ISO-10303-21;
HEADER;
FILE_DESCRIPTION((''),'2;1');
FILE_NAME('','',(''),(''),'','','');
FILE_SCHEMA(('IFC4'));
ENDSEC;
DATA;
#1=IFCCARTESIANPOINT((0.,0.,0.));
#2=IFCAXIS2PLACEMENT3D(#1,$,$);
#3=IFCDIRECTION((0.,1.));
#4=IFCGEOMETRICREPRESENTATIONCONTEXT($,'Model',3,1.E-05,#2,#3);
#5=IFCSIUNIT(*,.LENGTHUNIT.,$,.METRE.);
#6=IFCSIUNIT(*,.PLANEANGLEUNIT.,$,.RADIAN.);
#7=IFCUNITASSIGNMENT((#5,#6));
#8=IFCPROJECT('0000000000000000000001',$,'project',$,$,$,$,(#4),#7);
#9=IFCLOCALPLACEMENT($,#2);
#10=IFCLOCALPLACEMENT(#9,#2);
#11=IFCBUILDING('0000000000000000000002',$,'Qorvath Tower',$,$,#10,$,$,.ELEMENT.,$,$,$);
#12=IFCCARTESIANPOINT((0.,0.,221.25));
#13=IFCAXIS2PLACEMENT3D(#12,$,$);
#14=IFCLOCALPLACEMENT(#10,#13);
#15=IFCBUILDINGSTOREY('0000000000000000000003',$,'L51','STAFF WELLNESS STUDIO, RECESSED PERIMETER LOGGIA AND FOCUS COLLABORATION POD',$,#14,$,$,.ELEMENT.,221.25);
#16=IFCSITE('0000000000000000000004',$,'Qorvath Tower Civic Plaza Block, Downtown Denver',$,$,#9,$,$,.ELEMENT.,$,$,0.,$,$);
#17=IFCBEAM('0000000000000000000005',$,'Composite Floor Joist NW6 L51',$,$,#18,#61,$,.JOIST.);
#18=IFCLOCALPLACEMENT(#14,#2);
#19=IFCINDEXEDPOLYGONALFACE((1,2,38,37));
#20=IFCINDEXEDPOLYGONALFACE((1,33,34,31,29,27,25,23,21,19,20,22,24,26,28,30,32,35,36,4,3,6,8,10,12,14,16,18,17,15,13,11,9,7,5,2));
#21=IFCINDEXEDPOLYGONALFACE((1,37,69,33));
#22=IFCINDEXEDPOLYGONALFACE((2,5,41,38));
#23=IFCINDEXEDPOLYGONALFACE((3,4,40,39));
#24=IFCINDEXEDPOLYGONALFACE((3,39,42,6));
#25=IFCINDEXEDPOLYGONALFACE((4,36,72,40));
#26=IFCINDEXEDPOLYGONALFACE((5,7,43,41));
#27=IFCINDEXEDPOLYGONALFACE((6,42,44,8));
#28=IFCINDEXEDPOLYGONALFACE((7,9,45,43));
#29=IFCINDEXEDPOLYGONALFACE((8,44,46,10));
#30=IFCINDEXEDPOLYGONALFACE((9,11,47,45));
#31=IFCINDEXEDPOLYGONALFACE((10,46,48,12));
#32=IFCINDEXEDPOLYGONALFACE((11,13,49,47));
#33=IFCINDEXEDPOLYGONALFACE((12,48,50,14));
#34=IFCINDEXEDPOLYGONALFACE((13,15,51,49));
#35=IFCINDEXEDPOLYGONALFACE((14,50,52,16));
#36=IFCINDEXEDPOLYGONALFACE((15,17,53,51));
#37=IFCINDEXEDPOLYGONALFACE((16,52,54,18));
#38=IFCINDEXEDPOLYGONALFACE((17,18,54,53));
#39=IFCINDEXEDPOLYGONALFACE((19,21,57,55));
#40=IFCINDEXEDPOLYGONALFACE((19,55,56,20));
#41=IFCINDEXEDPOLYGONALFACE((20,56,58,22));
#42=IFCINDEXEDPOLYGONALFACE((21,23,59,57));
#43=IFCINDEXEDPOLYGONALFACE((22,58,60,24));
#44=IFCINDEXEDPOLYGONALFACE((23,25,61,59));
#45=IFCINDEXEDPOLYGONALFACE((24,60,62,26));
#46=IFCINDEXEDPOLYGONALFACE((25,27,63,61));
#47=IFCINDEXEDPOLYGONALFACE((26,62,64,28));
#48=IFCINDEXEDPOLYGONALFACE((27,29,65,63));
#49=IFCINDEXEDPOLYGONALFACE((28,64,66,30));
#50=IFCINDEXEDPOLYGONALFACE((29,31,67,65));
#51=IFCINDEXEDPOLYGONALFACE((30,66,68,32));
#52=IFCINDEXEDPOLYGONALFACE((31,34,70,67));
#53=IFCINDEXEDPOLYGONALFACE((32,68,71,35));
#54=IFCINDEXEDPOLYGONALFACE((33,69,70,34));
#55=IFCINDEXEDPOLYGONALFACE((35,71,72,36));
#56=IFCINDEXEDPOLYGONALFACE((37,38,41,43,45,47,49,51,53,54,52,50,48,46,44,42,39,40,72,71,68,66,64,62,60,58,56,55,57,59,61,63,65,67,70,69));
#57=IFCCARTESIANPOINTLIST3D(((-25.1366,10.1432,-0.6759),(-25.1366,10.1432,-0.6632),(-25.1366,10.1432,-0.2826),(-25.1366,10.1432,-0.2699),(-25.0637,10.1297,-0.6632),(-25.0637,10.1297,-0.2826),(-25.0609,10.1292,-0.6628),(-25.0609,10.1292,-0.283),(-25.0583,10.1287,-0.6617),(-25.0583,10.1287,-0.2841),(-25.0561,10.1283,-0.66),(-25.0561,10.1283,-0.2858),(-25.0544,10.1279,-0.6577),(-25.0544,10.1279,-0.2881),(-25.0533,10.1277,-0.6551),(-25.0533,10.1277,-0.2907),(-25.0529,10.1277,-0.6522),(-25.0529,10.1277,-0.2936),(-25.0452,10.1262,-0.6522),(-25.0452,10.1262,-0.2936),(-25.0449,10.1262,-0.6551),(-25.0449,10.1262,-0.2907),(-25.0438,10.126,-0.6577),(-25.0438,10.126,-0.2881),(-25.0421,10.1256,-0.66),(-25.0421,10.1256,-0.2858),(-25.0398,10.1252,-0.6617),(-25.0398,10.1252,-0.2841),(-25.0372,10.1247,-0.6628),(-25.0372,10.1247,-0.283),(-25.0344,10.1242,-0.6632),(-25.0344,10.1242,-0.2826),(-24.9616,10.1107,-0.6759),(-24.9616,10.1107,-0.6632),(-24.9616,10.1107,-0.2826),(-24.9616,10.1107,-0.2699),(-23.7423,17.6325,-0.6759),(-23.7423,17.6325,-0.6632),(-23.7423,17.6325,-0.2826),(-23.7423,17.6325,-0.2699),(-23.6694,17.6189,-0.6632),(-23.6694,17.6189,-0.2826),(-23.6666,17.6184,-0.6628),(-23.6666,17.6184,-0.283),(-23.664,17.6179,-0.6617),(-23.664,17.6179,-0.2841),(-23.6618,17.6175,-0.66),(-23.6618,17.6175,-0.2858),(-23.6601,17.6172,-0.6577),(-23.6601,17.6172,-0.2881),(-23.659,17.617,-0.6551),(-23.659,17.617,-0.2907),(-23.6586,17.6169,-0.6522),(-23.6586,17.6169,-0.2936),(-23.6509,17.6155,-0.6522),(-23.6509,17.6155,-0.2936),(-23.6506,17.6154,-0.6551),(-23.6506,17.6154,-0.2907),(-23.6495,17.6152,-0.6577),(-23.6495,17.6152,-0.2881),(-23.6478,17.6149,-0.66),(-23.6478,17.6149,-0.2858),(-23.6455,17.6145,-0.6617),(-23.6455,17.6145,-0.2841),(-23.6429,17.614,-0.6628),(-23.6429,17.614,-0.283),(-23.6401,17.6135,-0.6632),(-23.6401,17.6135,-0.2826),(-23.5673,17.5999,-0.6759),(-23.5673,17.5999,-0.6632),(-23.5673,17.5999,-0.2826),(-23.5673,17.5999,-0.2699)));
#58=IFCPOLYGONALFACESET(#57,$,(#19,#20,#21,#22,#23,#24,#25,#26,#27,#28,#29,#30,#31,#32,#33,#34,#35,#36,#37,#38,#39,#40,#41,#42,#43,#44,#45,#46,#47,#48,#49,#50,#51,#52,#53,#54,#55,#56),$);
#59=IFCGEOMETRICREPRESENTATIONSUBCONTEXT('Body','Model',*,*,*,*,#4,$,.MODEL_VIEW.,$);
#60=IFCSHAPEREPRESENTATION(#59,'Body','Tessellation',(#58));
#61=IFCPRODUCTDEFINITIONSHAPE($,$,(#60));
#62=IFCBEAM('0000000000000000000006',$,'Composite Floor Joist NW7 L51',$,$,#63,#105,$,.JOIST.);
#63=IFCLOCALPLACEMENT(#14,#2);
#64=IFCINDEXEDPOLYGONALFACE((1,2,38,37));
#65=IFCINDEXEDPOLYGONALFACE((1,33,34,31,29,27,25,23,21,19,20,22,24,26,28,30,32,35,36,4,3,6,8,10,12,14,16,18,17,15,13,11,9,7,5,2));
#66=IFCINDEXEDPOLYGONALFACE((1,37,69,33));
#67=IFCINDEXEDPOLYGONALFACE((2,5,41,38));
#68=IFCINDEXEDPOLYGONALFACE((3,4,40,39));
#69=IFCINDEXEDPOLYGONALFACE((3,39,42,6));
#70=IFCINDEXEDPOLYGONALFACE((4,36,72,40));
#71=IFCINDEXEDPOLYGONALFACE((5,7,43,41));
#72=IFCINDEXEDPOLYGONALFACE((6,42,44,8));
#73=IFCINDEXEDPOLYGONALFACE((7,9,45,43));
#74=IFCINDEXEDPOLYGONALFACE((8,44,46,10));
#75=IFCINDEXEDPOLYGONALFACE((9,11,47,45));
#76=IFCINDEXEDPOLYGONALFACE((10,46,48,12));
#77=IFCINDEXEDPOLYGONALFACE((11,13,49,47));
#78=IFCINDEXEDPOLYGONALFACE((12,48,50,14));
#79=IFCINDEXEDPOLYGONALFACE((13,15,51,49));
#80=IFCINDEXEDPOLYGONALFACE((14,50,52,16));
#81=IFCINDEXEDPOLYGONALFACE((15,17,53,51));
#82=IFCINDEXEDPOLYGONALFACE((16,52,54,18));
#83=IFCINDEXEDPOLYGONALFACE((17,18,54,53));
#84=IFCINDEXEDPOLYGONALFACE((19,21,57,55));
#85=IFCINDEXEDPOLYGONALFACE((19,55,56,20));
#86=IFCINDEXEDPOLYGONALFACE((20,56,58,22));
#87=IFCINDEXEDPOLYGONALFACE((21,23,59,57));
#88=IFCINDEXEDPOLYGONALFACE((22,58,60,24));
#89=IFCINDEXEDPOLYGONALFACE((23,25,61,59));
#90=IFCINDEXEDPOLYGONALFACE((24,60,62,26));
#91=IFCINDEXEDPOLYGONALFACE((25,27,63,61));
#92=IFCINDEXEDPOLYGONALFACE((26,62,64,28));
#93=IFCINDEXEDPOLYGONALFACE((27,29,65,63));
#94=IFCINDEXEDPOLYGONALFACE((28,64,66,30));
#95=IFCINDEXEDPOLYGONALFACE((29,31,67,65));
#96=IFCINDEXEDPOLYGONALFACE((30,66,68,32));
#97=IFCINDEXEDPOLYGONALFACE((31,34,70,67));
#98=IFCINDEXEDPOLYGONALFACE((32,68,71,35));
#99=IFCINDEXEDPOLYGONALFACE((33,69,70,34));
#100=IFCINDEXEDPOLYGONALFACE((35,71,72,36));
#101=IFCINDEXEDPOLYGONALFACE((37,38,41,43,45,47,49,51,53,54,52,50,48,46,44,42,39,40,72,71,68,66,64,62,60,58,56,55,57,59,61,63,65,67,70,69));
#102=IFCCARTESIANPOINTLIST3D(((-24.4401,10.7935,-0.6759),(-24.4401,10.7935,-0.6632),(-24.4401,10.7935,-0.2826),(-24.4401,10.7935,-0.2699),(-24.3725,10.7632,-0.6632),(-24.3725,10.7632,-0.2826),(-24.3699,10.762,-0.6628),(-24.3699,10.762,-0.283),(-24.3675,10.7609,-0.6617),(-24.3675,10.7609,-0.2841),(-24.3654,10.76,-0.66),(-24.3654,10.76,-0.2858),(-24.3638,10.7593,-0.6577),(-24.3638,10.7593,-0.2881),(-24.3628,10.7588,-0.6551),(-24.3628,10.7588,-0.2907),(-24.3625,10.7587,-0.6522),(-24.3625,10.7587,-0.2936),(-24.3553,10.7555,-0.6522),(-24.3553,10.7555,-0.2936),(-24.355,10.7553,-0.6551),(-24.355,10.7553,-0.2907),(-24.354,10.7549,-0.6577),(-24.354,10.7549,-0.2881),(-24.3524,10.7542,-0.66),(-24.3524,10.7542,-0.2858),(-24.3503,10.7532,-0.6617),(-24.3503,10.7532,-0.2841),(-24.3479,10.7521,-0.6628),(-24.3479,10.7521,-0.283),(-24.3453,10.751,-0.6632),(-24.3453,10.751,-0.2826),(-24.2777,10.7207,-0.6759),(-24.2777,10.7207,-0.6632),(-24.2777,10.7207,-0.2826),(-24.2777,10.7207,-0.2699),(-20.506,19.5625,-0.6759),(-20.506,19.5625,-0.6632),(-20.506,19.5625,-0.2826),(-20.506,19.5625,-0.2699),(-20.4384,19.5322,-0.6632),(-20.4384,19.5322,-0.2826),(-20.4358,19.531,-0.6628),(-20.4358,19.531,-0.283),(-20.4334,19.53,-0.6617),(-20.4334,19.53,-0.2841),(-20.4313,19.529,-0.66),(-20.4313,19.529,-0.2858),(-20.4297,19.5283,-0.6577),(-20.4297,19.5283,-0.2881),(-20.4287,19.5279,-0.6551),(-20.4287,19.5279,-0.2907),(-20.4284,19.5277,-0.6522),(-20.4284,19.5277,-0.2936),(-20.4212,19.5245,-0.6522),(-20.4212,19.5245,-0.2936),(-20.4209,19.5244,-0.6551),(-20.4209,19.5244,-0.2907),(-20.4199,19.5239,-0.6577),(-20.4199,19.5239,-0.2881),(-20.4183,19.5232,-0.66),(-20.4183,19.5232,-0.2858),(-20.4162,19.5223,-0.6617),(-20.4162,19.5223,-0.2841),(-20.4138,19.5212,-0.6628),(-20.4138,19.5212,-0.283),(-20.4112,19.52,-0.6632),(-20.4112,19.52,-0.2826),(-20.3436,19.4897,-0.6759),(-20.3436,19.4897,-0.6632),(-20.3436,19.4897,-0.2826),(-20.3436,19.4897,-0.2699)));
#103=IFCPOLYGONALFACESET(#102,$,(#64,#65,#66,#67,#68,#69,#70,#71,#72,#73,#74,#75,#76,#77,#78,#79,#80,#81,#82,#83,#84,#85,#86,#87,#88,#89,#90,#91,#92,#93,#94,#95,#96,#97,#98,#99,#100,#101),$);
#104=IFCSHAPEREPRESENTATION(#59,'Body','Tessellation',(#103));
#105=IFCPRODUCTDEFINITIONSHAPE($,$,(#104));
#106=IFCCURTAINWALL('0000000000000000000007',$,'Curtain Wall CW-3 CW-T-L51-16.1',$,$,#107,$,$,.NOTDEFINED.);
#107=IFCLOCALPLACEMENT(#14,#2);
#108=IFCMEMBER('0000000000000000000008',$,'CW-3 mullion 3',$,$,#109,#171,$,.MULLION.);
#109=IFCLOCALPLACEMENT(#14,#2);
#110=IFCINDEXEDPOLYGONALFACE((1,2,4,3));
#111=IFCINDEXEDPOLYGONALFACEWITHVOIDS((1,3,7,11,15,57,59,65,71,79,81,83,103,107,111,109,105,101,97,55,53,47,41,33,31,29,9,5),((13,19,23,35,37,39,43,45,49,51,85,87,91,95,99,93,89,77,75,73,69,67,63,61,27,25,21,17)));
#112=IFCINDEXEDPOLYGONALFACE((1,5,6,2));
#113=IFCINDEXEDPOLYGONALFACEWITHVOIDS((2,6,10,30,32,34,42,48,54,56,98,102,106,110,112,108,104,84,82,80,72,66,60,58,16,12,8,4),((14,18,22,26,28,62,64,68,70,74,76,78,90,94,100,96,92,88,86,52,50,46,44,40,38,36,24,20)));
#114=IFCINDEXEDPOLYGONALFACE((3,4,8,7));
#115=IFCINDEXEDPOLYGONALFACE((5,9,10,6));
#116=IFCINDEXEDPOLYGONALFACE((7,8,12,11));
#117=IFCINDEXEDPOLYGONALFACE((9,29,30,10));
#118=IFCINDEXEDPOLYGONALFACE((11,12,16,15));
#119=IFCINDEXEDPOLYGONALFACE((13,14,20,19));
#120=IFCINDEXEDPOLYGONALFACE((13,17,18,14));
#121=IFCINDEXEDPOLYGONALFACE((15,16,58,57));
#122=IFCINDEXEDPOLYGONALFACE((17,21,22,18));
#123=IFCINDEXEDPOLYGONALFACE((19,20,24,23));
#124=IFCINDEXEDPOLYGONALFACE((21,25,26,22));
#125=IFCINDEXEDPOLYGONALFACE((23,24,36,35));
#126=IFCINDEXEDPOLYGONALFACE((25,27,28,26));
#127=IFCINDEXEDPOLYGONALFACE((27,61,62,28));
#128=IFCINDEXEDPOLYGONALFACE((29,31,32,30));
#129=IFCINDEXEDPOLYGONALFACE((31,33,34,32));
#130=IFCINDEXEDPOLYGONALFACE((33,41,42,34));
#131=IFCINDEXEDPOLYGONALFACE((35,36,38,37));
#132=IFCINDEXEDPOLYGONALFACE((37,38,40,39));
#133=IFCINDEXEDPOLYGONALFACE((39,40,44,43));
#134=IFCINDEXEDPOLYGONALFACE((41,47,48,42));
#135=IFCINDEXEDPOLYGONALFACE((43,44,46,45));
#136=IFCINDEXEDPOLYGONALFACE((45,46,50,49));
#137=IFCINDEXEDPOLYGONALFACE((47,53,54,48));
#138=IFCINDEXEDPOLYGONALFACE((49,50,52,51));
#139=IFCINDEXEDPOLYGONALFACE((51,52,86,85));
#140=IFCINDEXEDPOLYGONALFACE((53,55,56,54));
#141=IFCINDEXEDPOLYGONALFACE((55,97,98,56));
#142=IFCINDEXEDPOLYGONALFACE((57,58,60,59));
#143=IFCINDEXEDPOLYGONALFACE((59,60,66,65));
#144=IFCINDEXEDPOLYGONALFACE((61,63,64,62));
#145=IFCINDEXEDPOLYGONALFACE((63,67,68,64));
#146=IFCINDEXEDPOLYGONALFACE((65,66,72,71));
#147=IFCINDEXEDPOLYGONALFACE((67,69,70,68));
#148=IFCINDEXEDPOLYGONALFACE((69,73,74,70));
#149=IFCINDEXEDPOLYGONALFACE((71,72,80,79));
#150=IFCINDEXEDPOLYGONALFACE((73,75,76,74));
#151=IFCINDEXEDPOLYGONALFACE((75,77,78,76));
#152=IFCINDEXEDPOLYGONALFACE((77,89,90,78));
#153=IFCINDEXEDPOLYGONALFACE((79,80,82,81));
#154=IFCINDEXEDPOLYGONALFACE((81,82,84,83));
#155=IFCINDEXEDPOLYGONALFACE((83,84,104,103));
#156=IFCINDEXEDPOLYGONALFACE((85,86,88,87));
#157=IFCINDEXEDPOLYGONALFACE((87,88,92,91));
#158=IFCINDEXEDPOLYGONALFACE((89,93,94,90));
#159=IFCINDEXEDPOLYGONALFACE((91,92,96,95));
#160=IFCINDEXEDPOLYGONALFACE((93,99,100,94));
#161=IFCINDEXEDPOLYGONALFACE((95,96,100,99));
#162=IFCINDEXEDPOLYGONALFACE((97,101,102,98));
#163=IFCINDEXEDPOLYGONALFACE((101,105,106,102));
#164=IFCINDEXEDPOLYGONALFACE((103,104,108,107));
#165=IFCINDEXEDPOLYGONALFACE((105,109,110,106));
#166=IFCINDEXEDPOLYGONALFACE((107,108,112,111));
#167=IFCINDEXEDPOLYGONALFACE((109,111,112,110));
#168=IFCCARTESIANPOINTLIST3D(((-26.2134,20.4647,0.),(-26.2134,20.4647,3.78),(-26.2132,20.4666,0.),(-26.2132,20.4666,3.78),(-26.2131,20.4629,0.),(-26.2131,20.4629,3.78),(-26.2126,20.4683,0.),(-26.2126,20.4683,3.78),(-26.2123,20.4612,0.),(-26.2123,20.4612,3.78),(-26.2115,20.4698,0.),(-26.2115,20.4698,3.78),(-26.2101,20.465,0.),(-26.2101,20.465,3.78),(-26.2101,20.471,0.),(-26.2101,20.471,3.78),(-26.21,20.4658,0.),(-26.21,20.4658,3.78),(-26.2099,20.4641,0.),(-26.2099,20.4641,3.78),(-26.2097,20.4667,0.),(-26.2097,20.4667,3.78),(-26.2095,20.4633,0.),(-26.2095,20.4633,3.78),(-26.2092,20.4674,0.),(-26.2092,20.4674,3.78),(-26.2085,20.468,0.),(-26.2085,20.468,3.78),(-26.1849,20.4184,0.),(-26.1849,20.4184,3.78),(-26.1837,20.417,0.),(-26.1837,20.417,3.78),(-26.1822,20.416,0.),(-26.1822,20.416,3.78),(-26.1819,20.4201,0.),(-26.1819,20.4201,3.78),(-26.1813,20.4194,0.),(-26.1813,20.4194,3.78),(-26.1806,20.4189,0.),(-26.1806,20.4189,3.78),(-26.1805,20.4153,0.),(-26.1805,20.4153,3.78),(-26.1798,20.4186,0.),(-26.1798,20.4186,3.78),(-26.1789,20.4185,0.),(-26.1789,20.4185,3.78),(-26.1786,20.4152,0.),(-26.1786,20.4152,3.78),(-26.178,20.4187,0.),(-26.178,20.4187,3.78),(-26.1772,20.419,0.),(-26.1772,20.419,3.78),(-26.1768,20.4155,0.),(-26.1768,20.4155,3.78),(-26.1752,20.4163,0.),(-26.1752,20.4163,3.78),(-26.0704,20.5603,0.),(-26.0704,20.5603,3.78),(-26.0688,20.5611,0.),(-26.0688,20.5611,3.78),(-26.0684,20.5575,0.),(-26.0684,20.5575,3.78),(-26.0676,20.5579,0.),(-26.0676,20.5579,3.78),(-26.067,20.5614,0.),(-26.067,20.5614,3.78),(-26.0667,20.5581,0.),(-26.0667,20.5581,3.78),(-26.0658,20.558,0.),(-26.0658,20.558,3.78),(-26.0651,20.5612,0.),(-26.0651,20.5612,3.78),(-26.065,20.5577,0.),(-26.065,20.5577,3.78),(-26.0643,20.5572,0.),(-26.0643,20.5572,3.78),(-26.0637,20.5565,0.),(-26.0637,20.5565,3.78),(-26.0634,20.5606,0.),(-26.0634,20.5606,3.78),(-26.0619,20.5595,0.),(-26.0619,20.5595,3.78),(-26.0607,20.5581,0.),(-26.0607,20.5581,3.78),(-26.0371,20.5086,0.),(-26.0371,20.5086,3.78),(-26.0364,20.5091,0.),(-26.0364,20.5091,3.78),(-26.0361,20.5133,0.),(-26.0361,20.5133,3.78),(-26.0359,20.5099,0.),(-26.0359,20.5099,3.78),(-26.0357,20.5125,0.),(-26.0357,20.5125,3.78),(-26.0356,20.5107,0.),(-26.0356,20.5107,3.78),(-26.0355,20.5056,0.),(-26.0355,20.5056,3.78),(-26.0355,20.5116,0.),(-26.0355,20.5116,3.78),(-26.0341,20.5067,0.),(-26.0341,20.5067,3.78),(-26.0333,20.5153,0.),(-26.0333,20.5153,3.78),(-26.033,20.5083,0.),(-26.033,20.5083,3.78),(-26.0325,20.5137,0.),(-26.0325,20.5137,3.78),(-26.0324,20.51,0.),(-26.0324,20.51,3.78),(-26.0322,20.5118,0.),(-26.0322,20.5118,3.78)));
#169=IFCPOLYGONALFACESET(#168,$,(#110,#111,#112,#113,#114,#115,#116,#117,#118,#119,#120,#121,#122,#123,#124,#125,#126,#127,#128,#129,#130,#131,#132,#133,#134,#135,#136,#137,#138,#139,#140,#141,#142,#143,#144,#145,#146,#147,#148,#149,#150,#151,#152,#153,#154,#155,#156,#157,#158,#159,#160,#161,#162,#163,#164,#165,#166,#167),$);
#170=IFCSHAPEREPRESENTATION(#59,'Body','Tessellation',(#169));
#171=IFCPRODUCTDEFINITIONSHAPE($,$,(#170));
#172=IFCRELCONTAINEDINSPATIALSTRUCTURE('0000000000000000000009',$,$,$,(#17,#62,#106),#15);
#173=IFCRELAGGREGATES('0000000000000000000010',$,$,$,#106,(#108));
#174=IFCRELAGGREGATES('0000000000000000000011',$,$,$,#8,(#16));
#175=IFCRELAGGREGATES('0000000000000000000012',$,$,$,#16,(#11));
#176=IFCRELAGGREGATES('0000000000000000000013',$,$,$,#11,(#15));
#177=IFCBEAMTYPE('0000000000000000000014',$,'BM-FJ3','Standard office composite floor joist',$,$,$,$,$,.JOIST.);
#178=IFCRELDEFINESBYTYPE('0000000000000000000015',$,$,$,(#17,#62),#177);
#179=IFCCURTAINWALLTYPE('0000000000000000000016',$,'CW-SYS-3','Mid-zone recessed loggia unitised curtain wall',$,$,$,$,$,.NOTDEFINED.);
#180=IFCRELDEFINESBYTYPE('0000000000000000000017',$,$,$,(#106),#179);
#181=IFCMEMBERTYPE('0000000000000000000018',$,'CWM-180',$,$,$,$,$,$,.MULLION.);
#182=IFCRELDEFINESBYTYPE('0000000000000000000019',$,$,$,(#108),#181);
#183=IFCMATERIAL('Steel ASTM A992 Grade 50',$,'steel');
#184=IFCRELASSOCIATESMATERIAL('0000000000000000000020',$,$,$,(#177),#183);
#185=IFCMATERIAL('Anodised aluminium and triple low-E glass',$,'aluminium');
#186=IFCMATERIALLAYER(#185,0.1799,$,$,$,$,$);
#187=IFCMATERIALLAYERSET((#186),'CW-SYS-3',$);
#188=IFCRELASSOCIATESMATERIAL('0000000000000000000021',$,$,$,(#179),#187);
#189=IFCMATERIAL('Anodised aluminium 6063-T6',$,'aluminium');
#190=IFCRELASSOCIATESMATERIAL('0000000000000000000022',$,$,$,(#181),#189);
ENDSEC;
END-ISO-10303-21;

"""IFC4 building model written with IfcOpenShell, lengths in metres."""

from ifc_helpers import new_model, si_unit, direction, frame, origin, origin_2d, place, context, subcontext, project, spatial, hollow_rectangle, i_section, extrude, material, layer, layer_set, material_profile, profile_set, type_object, element, aggregate, save


model = new_model("IFC4")

# Units and contexts
model_context = context("Model", 3, precision=1e-05, world=origin(), true_north=direction((0.0, 1.0)))
body_context = subcontext(model_context, "Body", "Model", "MODEL_VIEW")
ifc_project = project(units=[si_unit("LENGTHUNIT", "METRE"), si_unit("PLANEANGLEUNIT", "RADIAN")], contexts=[model_context])

# Site, building, storey
site_placement = place(None, origin())
site = spatial("IfcSite", under=ifc_project, at=site_placement, Name="Qorvath Tower Civic Plaza Block, Downtown Denver", CompositionType="ELEMENT", RefElevation=0.0)
building_placement = place(site_placement, origin())
building = spatial("IfcBuilding", under=site, at=building_placement, Name="Qorvath Tower", CompositionType="ELEMENT")
storey_placement = place(building_placement, frame((0.0, 0.0, 221.25)))
storey = spatial("IfcBuildingStorey", under=building, at=storey_placement, Name="L51", Description="STAFF WELLNESS STUDIO, RECESSED PERIMETER LOGGIA AND FOCUS COLLABORATION POD", CompositionType="ELEMENT", Elevation=221.25)

# Beams
ifc_material_1 = material(Name="Steel ASTM A992 Grade 50", Category="steel")
ifc_material_profile_1 = material_profile(ifc_material_1, i_section(OverallWidth=0.178, OverallDepth=0.406, WebThickness=0.0078, FlangeThickness=0.0127, FilletRadius=0.011, at=origin_2d()), Name="W16x40")
ifc_profile_set_1 = profile_set([ifc_material_profile_1], Name="Steel ASTM A992 Grade 50")
beam_type_1 = type_object("IfcBeamType", Name="BM-FJ3", Description="Standard office composite floor joist", PredefinedType="JOIST", material=ifc_profile_set_1)
beam_1_placement = place(storey_placement, frame((-25.0491, 10.127, -0.4729), z_axis=(0.183027, 0.983108, 0.0), x_axis=(-0.983108, 0.183027, 0.0)))
element("IfcBeam", 1, at=beam_1_placement, inside=storey, type_object=beam_type_1, Name="Composite Floor Joist NW6 L51", PredefinedType="JOIST", context=body_context, shape_type="SweptSolid", body=[
    extrude(i_section(OverallWidth=0.178, OverallDepth=0.406, WebThickness=0.0078, FlangeThickness=0.0127, FilletRadius=0.011, at=origin_2d()), origin(), (0.0, 0.0, 1.0), 7.6179),
])
beam_2_placement = place(storey_placement, frame((-24.3589, 10.7571, -0.4729), z_axis=(0.409327, 0.912388, 0.0), x_axis=(-0.912388, 0.409327, 0.0)))
element("IfcBeam", 2, at=beam_2_placement, inside=storey, type_object=beam_type_1, Name="Composite Floor Joist NW7 L51", PredefinedType="JOIST", context=body_context, shape_type="SweptSolid", body=[
    extrude(i_section(OverallWidth=0.178, OverallDepth=0.406, WebThickness=0.0078, FlangeThickness=0.0127, FilletRadius=0.011, at=origin_2d()), origin(), (0.0, 0.0, 1.0), 9.6111),
])

# Curtain wall, member
ifc_material_2 = material(Name="Anodised aluminium and triple low-E glass", Category="aluminium")
ifc_layer_1 = layer(ifc_material_2, 0.1799)
ifc_layer_set_1 = layer_set([ifc_layer_1], Name="CW-SYS-3")
curtain_wall_type = type_object("IfcCurtainWallType", Name="CW-SYS-3", Description="Mid-zone recessed loggia unitised curtain wall", PredefinedType="NOTDEFINED", material=ifc_layer_set_1)
curtain_wall_placement = place(storey_placement, origin())
curtain_wall = element("IfcCurtainWall", 3, at=curtain_wall_placement, inside=storey, type_object=curtain_wall_type, Name="Curtain Wall CW-3 CW-T-L51-16.1", PredefinedType="NOTDEFINED")
ifc_material_3 = material(Name="Anodised aluminium 6063-T6", Category="aluminium")
ifc_material_profile_2 = material_profile(ifc_material_3, hollow_rectangle(XDim=0.0649, YDim=0.1799, WallThickness=0.0034, InnerFilletRadius=0.0034, OuterFilletRadius=0.0071, at=origin_2d()), Name="CWM 180x65")
ifc_profile_set_2 = profile_set([ifc_material_profile_2], Name="Anodised aluminium 6063-T6")
member_type_1 = type_object("IfcMemberType", Name="CWM-180", PredefinedType="MULLION", material=ifc_profile_set_2)
member_1_placement = place(storey_placement, frame((-26.1228, 20.4883, 0.0), z_axis=(0.0, 0.0, 1.0), x_axis=(0.538535, -0.842603, 0.0)))
member_1 = element("IfcMember", 4, at=member_1_placement, type_object=member_type_1, Name="CW-3 mullion 3", PredefinedType="MULLION", context=body_context, shape_type="SweptSolid", body=[
    extrude(hollow_rectangle(XDim=0.0649, YDim=0.1799, WallThickness=0.0034, InnerFilletRadius=0.0034, OuterFilletRadius=0.0071, at=origin_2d()), origin(), (0.0, 0.0, 1.0), 3.78),
])
aggregate(curtain_wall, [member_1])

save(model, "model.ifc")
